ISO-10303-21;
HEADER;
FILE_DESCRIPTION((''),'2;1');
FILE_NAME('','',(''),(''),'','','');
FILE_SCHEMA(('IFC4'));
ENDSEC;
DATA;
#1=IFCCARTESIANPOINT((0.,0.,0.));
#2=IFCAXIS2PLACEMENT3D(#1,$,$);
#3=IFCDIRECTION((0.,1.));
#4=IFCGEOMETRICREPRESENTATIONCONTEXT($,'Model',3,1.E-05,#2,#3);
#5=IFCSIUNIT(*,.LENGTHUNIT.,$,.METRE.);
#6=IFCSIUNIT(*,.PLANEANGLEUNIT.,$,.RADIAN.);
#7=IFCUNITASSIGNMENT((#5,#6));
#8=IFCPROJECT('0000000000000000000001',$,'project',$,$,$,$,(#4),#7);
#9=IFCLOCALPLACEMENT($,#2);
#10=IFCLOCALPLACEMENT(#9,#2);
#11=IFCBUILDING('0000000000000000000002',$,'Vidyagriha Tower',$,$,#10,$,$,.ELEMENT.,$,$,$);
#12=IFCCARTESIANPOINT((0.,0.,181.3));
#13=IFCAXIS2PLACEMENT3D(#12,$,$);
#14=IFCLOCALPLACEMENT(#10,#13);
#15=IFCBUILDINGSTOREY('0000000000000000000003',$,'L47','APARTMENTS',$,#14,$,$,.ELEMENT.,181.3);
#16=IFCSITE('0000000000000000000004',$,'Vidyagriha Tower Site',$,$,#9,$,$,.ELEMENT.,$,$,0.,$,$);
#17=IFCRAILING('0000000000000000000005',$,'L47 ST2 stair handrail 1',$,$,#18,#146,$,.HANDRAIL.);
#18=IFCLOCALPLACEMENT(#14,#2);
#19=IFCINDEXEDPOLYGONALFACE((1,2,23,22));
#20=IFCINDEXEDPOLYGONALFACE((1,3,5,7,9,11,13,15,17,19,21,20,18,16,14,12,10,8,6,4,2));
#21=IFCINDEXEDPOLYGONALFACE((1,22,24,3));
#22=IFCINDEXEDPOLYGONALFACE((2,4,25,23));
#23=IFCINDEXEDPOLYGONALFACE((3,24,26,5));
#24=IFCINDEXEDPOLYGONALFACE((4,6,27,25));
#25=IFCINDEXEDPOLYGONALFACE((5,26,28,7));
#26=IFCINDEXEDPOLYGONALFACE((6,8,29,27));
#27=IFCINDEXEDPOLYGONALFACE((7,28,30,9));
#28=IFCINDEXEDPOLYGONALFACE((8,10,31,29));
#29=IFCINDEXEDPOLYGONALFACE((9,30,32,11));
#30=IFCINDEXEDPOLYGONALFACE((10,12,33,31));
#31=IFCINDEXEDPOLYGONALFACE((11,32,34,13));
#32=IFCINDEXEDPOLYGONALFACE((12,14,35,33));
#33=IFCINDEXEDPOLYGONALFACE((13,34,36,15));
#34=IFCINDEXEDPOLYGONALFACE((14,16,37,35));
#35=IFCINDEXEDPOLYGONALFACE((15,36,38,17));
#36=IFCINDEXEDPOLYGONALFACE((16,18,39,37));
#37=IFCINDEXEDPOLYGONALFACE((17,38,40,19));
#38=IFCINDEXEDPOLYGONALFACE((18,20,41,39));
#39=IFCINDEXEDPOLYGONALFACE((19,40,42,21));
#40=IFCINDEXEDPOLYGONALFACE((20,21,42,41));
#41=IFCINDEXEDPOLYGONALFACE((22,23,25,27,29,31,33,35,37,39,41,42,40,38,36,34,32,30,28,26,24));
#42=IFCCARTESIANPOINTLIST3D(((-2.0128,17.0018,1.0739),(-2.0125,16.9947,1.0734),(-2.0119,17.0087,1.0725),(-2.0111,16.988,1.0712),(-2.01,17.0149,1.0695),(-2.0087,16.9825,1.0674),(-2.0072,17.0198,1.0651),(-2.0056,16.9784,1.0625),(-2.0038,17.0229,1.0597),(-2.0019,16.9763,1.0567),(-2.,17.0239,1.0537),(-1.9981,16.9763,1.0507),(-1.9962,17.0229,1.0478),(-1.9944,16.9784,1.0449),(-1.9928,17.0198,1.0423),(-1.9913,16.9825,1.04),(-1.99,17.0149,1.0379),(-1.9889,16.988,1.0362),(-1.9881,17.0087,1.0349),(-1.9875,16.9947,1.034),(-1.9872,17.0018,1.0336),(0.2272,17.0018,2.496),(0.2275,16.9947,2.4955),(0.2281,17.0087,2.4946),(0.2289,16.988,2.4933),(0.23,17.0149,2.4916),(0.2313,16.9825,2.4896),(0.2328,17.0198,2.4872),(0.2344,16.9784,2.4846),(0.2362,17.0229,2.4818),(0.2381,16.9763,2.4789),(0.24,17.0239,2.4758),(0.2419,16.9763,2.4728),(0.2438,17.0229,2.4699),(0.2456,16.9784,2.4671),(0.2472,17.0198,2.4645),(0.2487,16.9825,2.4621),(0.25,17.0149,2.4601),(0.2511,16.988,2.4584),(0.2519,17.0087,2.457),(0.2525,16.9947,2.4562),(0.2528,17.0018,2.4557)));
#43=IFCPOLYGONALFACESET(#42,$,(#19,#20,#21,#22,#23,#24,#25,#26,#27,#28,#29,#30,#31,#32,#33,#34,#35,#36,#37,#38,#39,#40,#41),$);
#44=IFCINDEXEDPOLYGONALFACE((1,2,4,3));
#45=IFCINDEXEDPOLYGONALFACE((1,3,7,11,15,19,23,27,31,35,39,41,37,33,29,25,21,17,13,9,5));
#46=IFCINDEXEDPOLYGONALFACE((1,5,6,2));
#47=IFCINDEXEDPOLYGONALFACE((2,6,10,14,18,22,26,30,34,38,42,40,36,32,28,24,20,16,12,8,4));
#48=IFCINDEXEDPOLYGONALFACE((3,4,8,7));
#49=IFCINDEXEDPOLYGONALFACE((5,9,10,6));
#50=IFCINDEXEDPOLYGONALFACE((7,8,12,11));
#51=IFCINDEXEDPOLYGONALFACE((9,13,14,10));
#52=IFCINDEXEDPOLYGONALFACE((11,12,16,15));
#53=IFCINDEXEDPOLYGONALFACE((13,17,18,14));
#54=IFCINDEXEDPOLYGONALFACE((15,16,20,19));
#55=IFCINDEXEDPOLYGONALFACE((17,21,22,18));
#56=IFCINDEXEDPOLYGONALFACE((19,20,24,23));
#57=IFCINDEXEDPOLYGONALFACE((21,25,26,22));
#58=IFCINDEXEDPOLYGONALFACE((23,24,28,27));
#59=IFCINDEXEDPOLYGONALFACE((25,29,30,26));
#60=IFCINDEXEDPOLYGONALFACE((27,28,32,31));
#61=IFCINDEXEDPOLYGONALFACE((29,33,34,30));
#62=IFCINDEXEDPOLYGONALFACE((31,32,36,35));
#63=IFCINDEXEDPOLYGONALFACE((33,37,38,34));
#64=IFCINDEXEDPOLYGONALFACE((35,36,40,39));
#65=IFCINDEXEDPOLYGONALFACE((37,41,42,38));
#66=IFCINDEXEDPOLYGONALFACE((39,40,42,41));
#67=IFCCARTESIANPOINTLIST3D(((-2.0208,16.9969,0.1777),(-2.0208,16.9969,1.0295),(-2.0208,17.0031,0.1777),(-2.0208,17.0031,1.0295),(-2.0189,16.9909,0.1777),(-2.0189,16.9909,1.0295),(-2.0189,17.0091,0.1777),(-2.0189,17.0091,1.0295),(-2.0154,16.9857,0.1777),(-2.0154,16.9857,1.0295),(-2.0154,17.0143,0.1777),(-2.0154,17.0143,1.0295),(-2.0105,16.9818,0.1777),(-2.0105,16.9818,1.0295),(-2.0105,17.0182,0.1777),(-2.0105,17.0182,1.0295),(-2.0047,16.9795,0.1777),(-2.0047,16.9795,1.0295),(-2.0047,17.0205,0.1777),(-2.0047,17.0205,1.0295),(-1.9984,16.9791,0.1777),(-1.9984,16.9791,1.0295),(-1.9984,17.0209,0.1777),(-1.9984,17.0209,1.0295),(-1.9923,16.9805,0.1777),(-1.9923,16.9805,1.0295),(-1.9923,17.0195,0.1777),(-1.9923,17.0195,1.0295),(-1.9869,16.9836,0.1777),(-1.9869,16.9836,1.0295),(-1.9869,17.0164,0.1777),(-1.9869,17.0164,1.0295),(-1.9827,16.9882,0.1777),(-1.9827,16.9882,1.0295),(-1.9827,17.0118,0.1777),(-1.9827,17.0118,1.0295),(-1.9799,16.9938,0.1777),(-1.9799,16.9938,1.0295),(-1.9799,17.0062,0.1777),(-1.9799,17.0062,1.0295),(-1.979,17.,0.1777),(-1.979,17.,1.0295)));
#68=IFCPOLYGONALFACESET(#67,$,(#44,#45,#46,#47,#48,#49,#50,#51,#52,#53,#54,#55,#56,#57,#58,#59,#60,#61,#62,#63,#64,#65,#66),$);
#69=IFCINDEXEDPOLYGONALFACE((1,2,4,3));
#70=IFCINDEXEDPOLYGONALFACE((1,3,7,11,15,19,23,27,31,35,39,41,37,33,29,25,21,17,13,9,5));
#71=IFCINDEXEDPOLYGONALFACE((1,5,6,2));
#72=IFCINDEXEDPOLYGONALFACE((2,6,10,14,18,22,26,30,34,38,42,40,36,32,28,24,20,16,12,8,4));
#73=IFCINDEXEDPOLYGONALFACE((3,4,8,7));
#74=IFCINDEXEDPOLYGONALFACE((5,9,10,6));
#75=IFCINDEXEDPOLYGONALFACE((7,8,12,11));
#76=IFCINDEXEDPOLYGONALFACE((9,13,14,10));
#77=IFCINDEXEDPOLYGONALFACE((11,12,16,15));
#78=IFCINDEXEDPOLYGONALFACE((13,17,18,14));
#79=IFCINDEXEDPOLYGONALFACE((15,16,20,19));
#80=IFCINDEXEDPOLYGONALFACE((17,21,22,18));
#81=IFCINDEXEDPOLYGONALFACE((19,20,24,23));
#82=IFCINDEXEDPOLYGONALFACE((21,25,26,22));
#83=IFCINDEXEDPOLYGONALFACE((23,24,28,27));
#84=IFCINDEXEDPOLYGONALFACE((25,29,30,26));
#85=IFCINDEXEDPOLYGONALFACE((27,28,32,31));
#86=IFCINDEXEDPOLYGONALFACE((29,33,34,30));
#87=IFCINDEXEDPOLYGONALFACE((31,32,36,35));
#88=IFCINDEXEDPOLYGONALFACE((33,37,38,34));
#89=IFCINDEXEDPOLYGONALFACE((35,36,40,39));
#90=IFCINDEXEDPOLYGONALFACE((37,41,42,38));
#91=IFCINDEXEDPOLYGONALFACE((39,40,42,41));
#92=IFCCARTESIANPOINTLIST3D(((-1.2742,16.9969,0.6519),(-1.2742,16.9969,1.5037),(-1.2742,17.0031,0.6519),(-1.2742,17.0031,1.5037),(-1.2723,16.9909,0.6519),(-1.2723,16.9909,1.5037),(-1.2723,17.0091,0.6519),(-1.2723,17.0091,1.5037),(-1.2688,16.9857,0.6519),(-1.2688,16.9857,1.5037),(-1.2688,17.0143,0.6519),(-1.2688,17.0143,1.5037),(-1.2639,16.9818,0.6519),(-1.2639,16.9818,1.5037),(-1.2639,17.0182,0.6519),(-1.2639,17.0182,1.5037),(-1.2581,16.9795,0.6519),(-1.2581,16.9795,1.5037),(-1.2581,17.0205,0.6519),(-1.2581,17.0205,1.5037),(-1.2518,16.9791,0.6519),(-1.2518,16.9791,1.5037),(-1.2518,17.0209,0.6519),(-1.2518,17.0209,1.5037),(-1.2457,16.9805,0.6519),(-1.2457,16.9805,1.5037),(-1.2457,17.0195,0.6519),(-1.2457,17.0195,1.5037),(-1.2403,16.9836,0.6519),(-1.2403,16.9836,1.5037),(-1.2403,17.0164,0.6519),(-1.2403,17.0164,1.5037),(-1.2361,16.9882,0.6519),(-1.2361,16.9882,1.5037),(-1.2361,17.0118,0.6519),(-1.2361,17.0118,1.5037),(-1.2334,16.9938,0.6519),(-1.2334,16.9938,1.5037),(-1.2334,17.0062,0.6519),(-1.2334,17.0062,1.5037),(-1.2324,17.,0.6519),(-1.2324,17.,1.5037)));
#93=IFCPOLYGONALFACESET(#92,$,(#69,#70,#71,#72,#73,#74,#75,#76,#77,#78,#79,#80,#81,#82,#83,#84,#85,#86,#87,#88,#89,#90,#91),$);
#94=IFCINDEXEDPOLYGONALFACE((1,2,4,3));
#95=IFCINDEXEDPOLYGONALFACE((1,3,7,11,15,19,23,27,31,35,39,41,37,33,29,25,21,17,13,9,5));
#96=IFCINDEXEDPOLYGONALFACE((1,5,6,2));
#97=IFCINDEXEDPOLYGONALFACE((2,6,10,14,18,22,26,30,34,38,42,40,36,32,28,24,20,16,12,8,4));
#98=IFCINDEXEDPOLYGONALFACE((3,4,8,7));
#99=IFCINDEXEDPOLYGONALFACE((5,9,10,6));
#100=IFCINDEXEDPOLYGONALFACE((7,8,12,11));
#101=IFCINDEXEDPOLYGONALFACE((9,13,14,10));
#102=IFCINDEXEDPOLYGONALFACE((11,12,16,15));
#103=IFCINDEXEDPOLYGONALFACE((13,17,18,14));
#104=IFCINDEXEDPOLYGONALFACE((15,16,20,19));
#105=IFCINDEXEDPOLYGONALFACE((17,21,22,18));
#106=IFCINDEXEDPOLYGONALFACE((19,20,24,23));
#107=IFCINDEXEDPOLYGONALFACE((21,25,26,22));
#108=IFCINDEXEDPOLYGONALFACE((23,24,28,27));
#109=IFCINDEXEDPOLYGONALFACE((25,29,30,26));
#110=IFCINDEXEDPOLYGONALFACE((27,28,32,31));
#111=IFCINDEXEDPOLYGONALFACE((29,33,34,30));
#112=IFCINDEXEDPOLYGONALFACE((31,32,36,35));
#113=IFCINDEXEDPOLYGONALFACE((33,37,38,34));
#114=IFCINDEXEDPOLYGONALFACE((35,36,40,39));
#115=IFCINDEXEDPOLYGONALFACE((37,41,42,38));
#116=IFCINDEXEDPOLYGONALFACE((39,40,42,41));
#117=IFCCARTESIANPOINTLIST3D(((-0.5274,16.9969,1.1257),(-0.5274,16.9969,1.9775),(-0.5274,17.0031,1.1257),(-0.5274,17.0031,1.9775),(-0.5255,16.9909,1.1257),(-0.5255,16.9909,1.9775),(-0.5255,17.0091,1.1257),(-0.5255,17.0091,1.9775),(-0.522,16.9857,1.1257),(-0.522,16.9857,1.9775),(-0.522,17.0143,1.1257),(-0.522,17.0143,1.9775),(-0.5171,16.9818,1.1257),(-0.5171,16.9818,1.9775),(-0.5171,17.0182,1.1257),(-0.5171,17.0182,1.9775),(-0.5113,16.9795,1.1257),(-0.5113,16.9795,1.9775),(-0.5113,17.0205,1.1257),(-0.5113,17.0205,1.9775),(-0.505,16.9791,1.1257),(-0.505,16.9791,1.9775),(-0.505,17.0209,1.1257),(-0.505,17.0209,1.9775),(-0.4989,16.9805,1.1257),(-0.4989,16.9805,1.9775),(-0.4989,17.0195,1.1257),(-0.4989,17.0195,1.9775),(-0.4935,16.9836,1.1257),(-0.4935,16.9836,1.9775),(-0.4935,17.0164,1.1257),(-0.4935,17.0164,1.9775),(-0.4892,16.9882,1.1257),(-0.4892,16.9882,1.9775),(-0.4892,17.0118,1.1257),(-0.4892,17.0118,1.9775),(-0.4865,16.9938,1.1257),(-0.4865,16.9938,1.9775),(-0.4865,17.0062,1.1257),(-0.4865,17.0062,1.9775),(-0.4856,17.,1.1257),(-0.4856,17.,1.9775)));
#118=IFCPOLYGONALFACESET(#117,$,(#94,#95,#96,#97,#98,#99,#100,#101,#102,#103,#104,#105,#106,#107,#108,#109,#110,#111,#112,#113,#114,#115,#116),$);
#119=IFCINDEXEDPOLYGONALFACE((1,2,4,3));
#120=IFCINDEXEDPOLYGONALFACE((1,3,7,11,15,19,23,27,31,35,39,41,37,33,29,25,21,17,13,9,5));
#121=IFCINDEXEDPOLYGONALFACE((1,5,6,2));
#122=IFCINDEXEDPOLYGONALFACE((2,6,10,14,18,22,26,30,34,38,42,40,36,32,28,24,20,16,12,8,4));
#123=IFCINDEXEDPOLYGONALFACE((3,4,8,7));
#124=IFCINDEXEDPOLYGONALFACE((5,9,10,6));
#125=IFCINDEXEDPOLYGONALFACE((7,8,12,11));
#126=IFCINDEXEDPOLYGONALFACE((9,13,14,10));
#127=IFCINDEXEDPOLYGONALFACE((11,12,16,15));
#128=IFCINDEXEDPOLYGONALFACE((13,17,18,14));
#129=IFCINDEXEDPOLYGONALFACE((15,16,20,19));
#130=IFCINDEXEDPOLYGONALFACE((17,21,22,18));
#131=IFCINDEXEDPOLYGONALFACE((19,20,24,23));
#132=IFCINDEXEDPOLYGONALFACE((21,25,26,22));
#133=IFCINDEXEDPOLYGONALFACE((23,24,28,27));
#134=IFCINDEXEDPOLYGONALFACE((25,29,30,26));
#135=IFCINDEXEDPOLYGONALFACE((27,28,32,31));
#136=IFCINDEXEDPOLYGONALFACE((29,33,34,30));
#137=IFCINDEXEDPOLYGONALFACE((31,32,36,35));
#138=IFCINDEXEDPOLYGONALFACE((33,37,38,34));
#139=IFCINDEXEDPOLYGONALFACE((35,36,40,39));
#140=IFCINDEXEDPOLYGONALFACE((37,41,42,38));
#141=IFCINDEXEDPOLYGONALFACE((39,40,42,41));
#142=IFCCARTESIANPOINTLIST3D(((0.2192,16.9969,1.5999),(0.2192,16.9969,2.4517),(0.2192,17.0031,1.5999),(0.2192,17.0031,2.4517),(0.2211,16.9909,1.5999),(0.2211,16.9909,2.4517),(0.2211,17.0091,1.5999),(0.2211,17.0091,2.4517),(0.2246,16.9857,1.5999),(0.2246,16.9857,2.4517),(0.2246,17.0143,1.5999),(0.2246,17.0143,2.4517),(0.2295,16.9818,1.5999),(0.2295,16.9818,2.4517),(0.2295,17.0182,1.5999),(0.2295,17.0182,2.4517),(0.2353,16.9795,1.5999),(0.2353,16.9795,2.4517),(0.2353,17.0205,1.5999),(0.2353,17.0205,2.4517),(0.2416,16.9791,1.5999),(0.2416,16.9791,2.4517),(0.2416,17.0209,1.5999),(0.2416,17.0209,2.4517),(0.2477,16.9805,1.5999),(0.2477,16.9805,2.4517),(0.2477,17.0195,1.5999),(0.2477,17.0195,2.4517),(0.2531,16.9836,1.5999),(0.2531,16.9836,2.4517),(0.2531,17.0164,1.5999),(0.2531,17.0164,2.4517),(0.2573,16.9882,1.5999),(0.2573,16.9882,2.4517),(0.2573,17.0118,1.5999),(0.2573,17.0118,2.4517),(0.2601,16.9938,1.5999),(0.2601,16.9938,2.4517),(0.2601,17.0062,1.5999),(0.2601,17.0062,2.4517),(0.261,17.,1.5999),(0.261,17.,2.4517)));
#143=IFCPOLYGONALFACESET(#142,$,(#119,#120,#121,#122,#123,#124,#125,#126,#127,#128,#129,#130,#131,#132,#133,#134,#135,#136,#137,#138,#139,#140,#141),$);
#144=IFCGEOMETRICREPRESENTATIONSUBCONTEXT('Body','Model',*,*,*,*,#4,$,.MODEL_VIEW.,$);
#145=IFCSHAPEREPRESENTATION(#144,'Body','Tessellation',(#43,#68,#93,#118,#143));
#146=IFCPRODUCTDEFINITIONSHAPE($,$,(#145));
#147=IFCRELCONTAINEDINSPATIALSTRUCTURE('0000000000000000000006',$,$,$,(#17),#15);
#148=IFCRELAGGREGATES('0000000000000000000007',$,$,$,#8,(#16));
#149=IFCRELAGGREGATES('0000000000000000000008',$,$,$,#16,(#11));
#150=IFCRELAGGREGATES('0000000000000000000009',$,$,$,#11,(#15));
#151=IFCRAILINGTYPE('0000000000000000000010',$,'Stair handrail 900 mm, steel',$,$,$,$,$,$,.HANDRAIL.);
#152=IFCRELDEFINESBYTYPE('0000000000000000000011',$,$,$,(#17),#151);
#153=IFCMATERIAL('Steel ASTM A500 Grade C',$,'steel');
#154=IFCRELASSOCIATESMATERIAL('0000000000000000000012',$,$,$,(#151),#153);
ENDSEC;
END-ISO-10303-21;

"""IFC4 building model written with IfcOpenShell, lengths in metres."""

from ifc_helpers import new_model, si_unit, direction, frame, origin, origin_2d, place, context, subcontext, project, spatial, circle, extrude, material, type_object, element, save


model = new_model("IFC4")

# Units and contexts
model_context = context("Model", 3, precision=1e-05, world=origin(), true_north=direction((0.0, 1.0)))
body_context = subcontext(model_context, "Body", "Model", "MODEL_VIEW")
ifc_project = project(units=[si_unit("LENGTHUNIT", "METRE"), si_unit("PLANEANGLEUNIT", "RADIAN")], contexts=[model_context])

# Site, building, storey
site_placement = place(None, origin())
site = spatial("IfcSite", under=ifc_project, at=site_placement, Name="Vidyagriha Tower Site", CompositionType="ELEMENT", RefElevation=0.0)
building_placement = place(site_placement, origin())
building = spatial("IfcBuilding", under=site, at=building_placement, Name="Vidyagriha Tower", CompositionType="ELEMENT")
storey_placement = place(building_placement, frame((0.0, 0.0, 181.3)))
storey = spatial("IfcBuildingStorey", under=building, at=storey_placement, Name="L47", Description="APARTMENTS", CompositionType="ELEMENT", Elevation=181.3)

# Railing
ifc_material_1 = material(Name="Steel ASTM A500 Grade C", Category="steel")
railing_type_1 = type_object("IfcRailingType", Name="Stair handrail 900 mm, steel", PredefinedType="HANDRAIL", material=ifc_material_1)
railing_1_placement = place(storey_placement, frame((-2.0, 17.0, 0.1777)))
element("IfcRailing", 1, at=railing_1_placement, inside=storey, type_object=railing_type_1, Name="L47 ST2 stair handrail 1", PredefinedType="HANDRAIL", context=body_context, shape_type="SweptSolid", body=[
    extrude(circle(Radius=0.0239, at=origin_2d()), frame((0.0, 0.0, 0.876), z_axis=(0.844229, 0.0, 0.535982), x_axis=(0.0, 1.0, 0.0)), (0.0, 0.0, 1.0), 2.6533),
    extrude(circle(Radius=0.021, at=origin_2d()), origin(), (0.0, 0.0, 1.0), 0.8518),
    extrude(circle(Radius=0.021, at=origin_2d()), frame((0.7466, 0.0, 0.4741)), (0.0, 0.0, 1.0), 0.8518),
    extrude(circle(Radius=0.021, at=origin_2d()), frame((1.4934, 0.0, 0.948)), (0.0, 0.0, 1.0), 0.8518),
    extrude(circle(Radius=0.021, at=origin_2d()), frame((2.24, 0.0, 1.4221)), (0.0, 0.0, 1.0), 0.8518),
])

save(model, "model.ifc")
